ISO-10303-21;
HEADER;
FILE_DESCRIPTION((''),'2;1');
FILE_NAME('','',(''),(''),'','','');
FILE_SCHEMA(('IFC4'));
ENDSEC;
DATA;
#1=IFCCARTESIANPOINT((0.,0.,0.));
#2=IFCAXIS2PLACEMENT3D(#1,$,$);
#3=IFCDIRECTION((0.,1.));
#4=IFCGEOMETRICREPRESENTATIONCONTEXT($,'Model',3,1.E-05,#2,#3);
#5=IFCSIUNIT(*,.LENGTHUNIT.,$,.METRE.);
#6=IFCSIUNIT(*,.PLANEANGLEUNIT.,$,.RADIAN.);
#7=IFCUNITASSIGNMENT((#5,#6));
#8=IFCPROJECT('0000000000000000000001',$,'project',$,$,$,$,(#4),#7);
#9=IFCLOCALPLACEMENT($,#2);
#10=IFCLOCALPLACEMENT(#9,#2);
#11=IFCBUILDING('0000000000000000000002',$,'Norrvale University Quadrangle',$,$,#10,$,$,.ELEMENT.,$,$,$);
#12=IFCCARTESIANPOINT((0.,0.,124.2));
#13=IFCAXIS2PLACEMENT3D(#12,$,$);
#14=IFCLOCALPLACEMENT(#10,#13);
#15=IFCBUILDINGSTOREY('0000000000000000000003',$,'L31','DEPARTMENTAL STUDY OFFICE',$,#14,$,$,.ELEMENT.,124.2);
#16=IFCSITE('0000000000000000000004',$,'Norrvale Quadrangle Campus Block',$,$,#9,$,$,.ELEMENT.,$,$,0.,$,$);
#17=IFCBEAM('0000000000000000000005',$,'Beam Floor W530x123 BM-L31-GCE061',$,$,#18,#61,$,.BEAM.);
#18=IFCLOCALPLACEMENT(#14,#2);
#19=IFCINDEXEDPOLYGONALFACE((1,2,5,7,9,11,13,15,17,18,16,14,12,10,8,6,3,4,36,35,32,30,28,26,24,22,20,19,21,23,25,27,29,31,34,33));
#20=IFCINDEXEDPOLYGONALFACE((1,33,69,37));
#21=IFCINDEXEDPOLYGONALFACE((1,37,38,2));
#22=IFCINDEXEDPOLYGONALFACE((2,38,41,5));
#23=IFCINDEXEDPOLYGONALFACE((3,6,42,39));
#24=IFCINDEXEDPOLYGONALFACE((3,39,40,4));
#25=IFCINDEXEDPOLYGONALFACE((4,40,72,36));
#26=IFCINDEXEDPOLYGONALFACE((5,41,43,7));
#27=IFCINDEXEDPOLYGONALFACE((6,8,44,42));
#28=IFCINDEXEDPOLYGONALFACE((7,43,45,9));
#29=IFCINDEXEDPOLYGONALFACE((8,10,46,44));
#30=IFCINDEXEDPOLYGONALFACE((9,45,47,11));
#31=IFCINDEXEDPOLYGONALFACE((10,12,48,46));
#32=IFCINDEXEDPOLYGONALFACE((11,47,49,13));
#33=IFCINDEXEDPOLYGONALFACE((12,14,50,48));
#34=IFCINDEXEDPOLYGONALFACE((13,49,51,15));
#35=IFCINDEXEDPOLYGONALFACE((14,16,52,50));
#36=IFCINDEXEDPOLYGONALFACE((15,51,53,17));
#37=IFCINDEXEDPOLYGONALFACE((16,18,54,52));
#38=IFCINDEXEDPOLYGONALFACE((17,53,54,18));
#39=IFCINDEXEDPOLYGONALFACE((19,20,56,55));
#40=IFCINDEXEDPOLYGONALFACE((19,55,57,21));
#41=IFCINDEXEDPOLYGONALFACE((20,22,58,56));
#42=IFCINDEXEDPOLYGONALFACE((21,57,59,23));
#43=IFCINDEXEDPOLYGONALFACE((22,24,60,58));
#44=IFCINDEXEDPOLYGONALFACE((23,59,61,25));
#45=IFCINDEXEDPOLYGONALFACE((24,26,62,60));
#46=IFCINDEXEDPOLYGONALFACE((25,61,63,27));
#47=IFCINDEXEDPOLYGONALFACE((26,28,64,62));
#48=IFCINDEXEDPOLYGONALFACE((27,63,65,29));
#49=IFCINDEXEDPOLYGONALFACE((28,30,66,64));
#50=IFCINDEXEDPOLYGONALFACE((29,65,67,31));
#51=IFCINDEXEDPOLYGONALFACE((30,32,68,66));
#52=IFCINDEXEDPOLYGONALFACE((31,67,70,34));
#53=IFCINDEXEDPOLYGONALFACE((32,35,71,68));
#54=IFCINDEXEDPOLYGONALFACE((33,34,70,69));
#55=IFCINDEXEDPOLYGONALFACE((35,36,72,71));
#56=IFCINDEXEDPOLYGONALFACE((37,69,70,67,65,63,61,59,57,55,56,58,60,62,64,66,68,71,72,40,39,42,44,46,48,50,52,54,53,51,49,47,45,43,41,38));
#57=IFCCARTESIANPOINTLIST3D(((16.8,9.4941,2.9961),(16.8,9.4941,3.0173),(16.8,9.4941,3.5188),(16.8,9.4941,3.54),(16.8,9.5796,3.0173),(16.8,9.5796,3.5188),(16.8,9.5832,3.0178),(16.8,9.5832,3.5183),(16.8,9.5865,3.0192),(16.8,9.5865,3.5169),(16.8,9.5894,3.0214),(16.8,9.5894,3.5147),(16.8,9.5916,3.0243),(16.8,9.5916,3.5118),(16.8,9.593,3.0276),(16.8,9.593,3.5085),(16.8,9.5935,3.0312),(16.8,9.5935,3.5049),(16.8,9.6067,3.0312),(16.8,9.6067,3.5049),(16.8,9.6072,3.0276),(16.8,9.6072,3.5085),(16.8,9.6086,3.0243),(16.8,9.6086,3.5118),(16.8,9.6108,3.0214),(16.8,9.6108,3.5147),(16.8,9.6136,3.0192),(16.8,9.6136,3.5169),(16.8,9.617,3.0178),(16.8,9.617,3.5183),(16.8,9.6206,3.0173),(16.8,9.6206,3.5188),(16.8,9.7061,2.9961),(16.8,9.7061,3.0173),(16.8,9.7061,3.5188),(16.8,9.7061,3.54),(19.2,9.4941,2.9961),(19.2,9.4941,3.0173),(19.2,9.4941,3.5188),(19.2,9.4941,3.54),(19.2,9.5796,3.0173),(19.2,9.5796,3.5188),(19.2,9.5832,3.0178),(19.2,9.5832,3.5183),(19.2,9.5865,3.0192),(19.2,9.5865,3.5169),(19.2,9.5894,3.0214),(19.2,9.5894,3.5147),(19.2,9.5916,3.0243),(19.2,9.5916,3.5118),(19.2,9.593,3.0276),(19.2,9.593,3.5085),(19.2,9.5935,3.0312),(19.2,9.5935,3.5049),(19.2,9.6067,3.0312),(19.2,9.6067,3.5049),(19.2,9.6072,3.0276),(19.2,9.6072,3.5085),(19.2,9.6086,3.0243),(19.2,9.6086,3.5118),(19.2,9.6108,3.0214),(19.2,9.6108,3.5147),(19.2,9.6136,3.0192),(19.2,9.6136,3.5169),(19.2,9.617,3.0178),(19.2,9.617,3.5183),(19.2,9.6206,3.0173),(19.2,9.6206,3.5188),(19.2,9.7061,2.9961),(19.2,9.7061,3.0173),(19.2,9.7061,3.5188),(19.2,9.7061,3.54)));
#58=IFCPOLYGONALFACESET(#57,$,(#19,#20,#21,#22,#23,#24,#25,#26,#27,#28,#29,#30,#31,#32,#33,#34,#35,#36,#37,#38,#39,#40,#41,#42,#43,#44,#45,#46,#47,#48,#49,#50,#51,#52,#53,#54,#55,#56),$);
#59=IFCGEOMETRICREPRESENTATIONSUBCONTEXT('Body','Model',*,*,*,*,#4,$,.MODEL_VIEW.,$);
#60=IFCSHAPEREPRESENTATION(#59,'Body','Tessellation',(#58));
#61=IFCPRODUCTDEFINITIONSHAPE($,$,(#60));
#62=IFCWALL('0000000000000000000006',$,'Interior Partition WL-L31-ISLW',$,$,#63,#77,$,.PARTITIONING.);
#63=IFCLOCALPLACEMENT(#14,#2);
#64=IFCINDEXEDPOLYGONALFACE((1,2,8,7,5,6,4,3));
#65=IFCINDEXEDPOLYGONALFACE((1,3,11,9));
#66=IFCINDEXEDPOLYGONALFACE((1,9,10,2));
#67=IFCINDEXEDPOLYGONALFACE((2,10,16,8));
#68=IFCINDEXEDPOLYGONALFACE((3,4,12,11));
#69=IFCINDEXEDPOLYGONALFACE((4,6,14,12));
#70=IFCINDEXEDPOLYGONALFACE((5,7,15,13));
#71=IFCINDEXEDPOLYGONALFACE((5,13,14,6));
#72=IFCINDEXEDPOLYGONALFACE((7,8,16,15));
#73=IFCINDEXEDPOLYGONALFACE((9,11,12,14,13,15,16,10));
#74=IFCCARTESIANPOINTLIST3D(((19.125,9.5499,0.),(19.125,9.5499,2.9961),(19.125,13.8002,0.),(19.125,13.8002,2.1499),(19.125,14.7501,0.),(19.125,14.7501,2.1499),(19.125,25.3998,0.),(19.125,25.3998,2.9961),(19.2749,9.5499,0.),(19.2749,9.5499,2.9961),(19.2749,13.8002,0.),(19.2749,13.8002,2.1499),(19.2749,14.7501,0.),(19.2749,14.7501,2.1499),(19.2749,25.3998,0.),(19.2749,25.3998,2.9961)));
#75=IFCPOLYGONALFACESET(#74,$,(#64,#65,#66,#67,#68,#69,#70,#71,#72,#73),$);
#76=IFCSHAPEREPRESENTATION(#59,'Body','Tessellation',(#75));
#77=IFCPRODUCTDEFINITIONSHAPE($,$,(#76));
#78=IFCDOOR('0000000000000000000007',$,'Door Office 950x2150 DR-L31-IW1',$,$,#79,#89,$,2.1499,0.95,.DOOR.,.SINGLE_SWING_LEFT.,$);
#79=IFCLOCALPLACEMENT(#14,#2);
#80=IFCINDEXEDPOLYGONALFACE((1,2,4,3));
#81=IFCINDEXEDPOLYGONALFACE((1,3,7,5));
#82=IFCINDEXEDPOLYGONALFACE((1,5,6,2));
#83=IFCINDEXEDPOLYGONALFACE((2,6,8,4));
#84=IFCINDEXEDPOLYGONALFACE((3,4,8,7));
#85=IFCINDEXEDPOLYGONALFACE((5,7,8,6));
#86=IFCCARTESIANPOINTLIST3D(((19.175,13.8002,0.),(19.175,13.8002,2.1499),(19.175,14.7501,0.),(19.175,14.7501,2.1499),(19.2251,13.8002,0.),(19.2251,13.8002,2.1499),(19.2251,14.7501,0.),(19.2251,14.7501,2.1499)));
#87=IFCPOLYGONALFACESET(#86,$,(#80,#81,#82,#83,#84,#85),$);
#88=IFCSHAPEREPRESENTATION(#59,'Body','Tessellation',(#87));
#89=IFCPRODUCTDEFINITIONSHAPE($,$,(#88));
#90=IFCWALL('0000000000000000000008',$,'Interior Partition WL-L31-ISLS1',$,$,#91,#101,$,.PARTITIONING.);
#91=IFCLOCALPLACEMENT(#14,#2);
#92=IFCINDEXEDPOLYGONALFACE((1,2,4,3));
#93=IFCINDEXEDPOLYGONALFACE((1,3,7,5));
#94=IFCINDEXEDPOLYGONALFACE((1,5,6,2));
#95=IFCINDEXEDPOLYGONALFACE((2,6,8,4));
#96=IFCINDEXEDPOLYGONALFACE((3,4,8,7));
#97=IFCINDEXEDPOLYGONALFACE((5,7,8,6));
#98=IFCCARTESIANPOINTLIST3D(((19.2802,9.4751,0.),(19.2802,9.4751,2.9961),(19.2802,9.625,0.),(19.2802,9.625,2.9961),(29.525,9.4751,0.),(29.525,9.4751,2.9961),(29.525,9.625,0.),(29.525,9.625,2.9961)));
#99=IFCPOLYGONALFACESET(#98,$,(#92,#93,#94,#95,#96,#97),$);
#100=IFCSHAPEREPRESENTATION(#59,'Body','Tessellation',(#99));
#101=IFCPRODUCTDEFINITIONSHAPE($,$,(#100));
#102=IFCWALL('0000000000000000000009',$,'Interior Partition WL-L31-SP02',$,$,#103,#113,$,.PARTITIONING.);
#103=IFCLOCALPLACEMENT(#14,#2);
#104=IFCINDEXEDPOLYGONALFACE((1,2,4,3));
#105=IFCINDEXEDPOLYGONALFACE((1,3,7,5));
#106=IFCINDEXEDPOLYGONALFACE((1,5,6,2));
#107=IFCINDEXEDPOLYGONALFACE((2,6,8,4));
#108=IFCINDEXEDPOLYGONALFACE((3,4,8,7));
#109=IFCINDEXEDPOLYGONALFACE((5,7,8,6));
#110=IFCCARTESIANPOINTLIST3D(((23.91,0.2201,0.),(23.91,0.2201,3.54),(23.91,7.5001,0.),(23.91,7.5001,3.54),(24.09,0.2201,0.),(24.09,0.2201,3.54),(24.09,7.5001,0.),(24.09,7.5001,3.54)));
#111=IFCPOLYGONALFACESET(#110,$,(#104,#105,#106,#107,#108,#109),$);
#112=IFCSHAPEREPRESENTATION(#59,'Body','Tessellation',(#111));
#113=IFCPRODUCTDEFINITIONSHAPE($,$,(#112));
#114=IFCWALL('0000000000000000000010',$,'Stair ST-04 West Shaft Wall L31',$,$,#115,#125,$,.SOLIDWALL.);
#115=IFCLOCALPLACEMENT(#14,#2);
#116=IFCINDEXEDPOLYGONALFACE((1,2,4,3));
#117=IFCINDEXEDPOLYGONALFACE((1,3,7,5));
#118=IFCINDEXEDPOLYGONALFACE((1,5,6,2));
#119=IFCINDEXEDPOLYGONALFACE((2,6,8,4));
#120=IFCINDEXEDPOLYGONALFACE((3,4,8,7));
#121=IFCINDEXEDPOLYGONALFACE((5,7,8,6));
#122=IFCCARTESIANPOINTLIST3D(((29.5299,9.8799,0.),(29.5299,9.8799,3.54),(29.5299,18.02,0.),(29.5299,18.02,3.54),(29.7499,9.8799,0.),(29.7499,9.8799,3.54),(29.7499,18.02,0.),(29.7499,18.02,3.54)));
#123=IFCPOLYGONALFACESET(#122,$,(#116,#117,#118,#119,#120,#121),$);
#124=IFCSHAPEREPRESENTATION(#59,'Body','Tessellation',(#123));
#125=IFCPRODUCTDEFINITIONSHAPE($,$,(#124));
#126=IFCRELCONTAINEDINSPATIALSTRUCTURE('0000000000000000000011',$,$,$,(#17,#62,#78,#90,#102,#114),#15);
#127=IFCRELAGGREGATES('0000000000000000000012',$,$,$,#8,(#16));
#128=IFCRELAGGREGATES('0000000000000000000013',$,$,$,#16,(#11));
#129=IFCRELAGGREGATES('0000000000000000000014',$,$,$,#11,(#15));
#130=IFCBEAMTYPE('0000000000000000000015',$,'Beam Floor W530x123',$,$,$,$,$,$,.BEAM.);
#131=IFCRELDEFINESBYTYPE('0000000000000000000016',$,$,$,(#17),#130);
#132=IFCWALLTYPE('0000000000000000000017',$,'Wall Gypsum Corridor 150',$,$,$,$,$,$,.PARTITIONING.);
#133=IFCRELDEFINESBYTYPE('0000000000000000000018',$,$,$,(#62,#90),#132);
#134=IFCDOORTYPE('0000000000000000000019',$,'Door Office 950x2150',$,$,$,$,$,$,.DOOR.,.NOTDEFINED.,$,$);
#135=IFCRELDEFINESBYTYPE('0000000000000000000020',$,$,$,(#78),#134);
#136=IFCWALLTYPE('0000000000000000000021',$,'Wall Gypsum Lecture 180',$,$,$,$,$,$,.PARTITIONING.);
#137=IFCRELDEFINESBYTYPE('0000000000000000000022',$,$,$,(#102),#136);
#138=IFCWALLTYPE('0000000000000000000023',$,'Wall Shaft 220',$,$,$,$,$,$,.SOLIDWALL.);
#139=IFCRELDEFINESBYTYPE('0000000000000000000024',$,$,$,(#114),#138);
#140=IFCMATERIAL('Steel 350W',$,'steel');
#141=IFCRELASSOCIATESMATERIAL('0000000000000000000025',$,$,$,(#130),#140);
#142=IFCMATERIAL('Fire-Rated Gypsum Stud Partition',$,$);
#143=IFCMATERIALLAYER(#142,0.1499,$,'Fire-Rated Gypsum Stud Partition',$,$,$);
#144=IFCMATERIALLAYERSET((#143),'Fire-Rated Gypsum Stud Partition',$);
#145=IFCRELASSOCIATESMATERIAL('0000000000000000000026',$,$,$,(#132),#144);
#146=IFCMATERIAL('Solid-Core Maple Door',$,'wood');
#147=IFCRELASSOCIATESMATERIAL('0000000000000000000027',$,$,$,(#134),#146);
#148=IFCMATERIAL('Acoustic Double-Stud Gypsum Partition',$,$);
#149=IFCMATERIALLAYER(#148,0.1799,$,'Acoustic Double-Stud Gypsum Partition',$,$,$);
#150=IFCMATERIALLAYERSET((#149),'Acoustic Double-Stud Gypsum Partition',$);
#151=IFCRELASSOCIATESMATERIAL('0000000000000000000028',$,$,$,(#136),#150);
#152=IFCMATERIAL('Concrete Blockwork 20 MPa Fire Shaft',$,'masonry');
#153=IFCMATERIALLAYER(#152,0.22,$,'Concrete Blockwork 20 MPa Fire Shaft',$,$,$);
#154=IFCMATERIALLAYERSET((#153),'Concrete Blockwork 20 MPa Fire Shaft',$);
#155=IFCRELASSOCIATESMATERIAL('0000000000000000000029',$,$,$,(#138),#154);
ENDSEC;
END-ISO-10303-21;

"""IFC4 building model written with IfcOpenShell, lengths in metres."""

from ifc_helpers import new_model, si_unit, direction, frame, frame_2d, origin, origin_2d, place, context, subcontext, project, spatial, rectangle, i_section, extrude, material, layer, layer_set, material_profile, profile_set, type_object, element, fill, save


model = new_model("IFC4")

# Units and contexts
model_context = context("Model", 3, precision=1e-05, world=origin(), true_north=direction((0.0, 1.0)))
body_context = subcontext(model_context, "Body", "Model", "MODEL_VIEW")
ifc_project = project(units=[si_unit("LENGTHUNIT", "METRE"), si_unit("PLANEANGLEUNIT", "RADIAN")], contexts=[model_context])

# Site, building, storey
site_placement = place(None, origin())
site = spatial("IfcSite", under=ifc_project, at=site_placement, Name="Norrvale Quadrangle Campus Block", CompositionType="ELEMENT", RefElevation=0.0)
building_placement = place(site_placement, origin())
building = spatial("IfcBuilding", under=site, at=building_placement, Name="Norrvale University Quadrangle", CompositionType="ELEMENT")
storey_placement = place(building_placement, frame((0.0, 0.0, 124.2)))
storey = spatial("IfcBuildingStorey", under=building, at=storey_placement, Name="L31", Description="DEPARTMENTAL STUDY OFFICE", CompositionType="ELEMENT", Elevation=124.2)

# Beam
ifc_material_1 = material(Name="Steel 350W", Category="steel")
ifc_material_profile_1 = material_profile(ifc_material_1, i_section(OverallWidth=0.2119, OverallDepth=0.5439, WebThickness=0.0132, FlangeThickness=0.0212, FilletRadius=0.0139, at=origin_2d()), Name="Steel 350W")
ifc_profile_set_1 = profile_set([ifc_material_profile_1], Name="Steel 350W")
beam_type_1 = type_object("IfcBeamType", Name="Beam Floor W530x123", PredefinedType="BEAM", material=ifc_profile_set_1)
beam_1_placement = place(storey_placement, frame((16.8, 9.6001, 3.2681), z_axis=(1.0, 0.0, 0.0), x_axis=(0.0, 1.0, 0.0)))
element("IfcBeam", 1, at=beam_1_placement, inside=storey, type_object=beam_type_1, Name="Beam Floor W530x123 BM-L31-GCE061", PredefinedType="BEAM", context=body_context, shape_type="SweptSolid", body=[
    extrude(i_section(OverallWidth=0.2119, OverallDepth=0.5439, WebThickness=0.0132, FlangeThickness=0.0212, FilletRadius=0.0139, at=origin_2d()), origin(), (0.0, 0.0, 1.0), 2.3999),
])

# Wall, opening, door
ifc_material_2 = material(Name="Fire-Rated Gypsum Stud Partition")
ifc_layer_1 = layer(ifc_material_2, 0.1499, Name="Fire-Rated Gypsum Stud Partition")
ifc_layer_set_1 = layer_set([ifc_layer_1], Name="Fire-Rated Gypsum Stud Partition")
wall_type_1 = type_object("IfcWallType", Name="Wall Gypsum Corridor 150", PredefinedType="PARTITIONING", material=ifc_layer_set_1)
wall_1_placement = place(storey_placement, frame((19.2, 9.55, 0.0), z_axis=(0.0, 0.0, 1.0), x_axis=(0.0, 1.0, 0.0)))
wall_1 = element("IfcWall", 2, at=wall_1_placement, inside=storey, type_object=wall_type_1, Name="Interior Partition WL-L31-ISLW", PredefinedType="PARTITIONING", context=body_context, shape_type="SweptSolid", body=[
    extrude(rectangle(XDim=15.8499, YDim=0.1499, at=frame_2d((7.9248, 0.0))), origin(), (0.0, 0.0, 1.0), 2.9961),
])
opening_placement = place(wall_1_placement, frame((4.25, 0.0, 0.0)))
opening = element("IfcOpeningElement", 3, at=opening_placement, cuts=wall_1, PredefinedType="OPENING", context=body_context, shape_type="SweptSolid", body=[
    extrude(rectangle(XDim=0.95, YDim=2.1499, at=frame_2d((0.4751, 1.075))), frame((0.0, 0.0869, 0.0), z_axis=(0.0, -1.0, 0.0), x_axis=(1.0, 0.0, 0.0)), (0.0, 0.0, 1.0), 0.1738),
])
ifc_material_3 = material(Name="Solid-Core Maple Door", Category="wood")
door_type = type_object("IfcDoorType", Name="Door Office 950x2150", OperationType="NOTDEFINED", PredefinedType="DOOR", material=ifc_material_3)
door_placement = place(opening_placement, origin())
door = element("IfcDoor", 4, at=door_placement, inside=storey, type_object=door_type, Name="Door Office 950x2150 DR-L31-IW1", OperationType="SINGLE_SWING_LEFT", OverallHeight=2.1499, OverallWidth=0.95, PredefinedType="DOOR", context=body_context, shape_type="SweptSolid", body=[
    extrude(rectangle(XDim=0.95, YDim=2.1499, at=frame_2d((0.4751, 1.075))), frame((0.0, 0.0249, 0.0), z_axis=(0.0, -1.0, 0.0), x_axis=(1.0, 0.0, 0.0)), (0.0, 0.0, 1.0), 0.05),
])
fill(opening, door)

# Walls
wall_2_placement = place(storey_placement, frame((19.28, 9.55, 0.0), z_axis=(0.0, 0.0, 1.0), x_axis=(1.0, 0.0, 0.0)))
element("IfcWall", 5, at=wall_2_placement, inside=storey, type_object=wall_type_1, Name="Interior Partition WL-L31-ISLS1", PredefinedType="PARTITIONING", context=body_context, shape_type="SweptSolid", body=[
    extrude(rectangle(XDim=10.2449, YDim=0.1499, at=frame_2d((5.1226, 0.0))), origin(), (0.0, 0.0, 1.0), 2.9961),
])
ifc_material_4 = material(Name="Acoustic Double-Stud Gypsum Partition")
ifc_layer_2 = layer(ifc_material_4, 0.1799, Name="Acoustic Double-Stud Gypsum Partition")
ifc_layer_set_2 = layer_set([ifc_layer_2], Name="Acoustic Double-Stud Gypsum Partition")
wall_type_2 = type_object("IfcWallType", Name="Wall Gypsum Lecture 180", PredefinedType="PARTITIONING", material=ifc_layer_set_2)
wall_3_placement = place(storey_placement, frame((24.0, 0.22, 0.0), z_axis=(0.0, 0.0, 1.0), x_axis=(0.0, 1.0, 0.0)))
element("IfcWall", 6, at=wall_3_placement, inside=storey, type_object=wall_type_2, Name="Interior Partition WL-L31-SP02", PredefinedType="PARTITIONING", context=body_context, shape_type="SweptSolid", body=[
    extrude(rectangle(XDim=7.28, YDim=0.1799, at=frame_2d((3.6401, 0.0))), origin(), (0.0, 0.0, 1.0), 3.54),
])
ifc_material_5 = material(Name="Concrete Blockwork 20 MPa Fire Shaft", Category="masonry")
ifc_layer_3 = layer(ifc_material_5, 0.22, Name="Concrete Blockwork 20 MPa Fire Shaft")
ifc_layer_set_3 = layer_set([ifc_layer_3], Name="Concrete Blockwork 20 MPa Fire Shaft")
wall_type_3 = type_object("IfcWallType", Name="Wall Shaft 220", PredefinedType="SOLIDWALL", material=ifc_layer_set_3)
wall_4_placement = place(storey_placement, frame((29.6399, 9.8799, 0.0), z_axis=(0.0, 0.0, 1.0), x_axis=(0.0, 1.0, 0.0)))
element("IfcWall", 7, at=wall_4_placement, inside=storey, type_object=wall_type_3, Name="Stair ST-04 West Shaft Wall L31", PredefinedType="SOLIDWALL", context=body_context, shape_type="SweptSolid", body=[
    extrude(rectangle(XDim=8.1401, YDim=0.22, at=frame_2d((4.0701, 0.0))), origin(), (0.0, 0.0, 1.0), 3.54),
])

save(model, "model.ifc")
